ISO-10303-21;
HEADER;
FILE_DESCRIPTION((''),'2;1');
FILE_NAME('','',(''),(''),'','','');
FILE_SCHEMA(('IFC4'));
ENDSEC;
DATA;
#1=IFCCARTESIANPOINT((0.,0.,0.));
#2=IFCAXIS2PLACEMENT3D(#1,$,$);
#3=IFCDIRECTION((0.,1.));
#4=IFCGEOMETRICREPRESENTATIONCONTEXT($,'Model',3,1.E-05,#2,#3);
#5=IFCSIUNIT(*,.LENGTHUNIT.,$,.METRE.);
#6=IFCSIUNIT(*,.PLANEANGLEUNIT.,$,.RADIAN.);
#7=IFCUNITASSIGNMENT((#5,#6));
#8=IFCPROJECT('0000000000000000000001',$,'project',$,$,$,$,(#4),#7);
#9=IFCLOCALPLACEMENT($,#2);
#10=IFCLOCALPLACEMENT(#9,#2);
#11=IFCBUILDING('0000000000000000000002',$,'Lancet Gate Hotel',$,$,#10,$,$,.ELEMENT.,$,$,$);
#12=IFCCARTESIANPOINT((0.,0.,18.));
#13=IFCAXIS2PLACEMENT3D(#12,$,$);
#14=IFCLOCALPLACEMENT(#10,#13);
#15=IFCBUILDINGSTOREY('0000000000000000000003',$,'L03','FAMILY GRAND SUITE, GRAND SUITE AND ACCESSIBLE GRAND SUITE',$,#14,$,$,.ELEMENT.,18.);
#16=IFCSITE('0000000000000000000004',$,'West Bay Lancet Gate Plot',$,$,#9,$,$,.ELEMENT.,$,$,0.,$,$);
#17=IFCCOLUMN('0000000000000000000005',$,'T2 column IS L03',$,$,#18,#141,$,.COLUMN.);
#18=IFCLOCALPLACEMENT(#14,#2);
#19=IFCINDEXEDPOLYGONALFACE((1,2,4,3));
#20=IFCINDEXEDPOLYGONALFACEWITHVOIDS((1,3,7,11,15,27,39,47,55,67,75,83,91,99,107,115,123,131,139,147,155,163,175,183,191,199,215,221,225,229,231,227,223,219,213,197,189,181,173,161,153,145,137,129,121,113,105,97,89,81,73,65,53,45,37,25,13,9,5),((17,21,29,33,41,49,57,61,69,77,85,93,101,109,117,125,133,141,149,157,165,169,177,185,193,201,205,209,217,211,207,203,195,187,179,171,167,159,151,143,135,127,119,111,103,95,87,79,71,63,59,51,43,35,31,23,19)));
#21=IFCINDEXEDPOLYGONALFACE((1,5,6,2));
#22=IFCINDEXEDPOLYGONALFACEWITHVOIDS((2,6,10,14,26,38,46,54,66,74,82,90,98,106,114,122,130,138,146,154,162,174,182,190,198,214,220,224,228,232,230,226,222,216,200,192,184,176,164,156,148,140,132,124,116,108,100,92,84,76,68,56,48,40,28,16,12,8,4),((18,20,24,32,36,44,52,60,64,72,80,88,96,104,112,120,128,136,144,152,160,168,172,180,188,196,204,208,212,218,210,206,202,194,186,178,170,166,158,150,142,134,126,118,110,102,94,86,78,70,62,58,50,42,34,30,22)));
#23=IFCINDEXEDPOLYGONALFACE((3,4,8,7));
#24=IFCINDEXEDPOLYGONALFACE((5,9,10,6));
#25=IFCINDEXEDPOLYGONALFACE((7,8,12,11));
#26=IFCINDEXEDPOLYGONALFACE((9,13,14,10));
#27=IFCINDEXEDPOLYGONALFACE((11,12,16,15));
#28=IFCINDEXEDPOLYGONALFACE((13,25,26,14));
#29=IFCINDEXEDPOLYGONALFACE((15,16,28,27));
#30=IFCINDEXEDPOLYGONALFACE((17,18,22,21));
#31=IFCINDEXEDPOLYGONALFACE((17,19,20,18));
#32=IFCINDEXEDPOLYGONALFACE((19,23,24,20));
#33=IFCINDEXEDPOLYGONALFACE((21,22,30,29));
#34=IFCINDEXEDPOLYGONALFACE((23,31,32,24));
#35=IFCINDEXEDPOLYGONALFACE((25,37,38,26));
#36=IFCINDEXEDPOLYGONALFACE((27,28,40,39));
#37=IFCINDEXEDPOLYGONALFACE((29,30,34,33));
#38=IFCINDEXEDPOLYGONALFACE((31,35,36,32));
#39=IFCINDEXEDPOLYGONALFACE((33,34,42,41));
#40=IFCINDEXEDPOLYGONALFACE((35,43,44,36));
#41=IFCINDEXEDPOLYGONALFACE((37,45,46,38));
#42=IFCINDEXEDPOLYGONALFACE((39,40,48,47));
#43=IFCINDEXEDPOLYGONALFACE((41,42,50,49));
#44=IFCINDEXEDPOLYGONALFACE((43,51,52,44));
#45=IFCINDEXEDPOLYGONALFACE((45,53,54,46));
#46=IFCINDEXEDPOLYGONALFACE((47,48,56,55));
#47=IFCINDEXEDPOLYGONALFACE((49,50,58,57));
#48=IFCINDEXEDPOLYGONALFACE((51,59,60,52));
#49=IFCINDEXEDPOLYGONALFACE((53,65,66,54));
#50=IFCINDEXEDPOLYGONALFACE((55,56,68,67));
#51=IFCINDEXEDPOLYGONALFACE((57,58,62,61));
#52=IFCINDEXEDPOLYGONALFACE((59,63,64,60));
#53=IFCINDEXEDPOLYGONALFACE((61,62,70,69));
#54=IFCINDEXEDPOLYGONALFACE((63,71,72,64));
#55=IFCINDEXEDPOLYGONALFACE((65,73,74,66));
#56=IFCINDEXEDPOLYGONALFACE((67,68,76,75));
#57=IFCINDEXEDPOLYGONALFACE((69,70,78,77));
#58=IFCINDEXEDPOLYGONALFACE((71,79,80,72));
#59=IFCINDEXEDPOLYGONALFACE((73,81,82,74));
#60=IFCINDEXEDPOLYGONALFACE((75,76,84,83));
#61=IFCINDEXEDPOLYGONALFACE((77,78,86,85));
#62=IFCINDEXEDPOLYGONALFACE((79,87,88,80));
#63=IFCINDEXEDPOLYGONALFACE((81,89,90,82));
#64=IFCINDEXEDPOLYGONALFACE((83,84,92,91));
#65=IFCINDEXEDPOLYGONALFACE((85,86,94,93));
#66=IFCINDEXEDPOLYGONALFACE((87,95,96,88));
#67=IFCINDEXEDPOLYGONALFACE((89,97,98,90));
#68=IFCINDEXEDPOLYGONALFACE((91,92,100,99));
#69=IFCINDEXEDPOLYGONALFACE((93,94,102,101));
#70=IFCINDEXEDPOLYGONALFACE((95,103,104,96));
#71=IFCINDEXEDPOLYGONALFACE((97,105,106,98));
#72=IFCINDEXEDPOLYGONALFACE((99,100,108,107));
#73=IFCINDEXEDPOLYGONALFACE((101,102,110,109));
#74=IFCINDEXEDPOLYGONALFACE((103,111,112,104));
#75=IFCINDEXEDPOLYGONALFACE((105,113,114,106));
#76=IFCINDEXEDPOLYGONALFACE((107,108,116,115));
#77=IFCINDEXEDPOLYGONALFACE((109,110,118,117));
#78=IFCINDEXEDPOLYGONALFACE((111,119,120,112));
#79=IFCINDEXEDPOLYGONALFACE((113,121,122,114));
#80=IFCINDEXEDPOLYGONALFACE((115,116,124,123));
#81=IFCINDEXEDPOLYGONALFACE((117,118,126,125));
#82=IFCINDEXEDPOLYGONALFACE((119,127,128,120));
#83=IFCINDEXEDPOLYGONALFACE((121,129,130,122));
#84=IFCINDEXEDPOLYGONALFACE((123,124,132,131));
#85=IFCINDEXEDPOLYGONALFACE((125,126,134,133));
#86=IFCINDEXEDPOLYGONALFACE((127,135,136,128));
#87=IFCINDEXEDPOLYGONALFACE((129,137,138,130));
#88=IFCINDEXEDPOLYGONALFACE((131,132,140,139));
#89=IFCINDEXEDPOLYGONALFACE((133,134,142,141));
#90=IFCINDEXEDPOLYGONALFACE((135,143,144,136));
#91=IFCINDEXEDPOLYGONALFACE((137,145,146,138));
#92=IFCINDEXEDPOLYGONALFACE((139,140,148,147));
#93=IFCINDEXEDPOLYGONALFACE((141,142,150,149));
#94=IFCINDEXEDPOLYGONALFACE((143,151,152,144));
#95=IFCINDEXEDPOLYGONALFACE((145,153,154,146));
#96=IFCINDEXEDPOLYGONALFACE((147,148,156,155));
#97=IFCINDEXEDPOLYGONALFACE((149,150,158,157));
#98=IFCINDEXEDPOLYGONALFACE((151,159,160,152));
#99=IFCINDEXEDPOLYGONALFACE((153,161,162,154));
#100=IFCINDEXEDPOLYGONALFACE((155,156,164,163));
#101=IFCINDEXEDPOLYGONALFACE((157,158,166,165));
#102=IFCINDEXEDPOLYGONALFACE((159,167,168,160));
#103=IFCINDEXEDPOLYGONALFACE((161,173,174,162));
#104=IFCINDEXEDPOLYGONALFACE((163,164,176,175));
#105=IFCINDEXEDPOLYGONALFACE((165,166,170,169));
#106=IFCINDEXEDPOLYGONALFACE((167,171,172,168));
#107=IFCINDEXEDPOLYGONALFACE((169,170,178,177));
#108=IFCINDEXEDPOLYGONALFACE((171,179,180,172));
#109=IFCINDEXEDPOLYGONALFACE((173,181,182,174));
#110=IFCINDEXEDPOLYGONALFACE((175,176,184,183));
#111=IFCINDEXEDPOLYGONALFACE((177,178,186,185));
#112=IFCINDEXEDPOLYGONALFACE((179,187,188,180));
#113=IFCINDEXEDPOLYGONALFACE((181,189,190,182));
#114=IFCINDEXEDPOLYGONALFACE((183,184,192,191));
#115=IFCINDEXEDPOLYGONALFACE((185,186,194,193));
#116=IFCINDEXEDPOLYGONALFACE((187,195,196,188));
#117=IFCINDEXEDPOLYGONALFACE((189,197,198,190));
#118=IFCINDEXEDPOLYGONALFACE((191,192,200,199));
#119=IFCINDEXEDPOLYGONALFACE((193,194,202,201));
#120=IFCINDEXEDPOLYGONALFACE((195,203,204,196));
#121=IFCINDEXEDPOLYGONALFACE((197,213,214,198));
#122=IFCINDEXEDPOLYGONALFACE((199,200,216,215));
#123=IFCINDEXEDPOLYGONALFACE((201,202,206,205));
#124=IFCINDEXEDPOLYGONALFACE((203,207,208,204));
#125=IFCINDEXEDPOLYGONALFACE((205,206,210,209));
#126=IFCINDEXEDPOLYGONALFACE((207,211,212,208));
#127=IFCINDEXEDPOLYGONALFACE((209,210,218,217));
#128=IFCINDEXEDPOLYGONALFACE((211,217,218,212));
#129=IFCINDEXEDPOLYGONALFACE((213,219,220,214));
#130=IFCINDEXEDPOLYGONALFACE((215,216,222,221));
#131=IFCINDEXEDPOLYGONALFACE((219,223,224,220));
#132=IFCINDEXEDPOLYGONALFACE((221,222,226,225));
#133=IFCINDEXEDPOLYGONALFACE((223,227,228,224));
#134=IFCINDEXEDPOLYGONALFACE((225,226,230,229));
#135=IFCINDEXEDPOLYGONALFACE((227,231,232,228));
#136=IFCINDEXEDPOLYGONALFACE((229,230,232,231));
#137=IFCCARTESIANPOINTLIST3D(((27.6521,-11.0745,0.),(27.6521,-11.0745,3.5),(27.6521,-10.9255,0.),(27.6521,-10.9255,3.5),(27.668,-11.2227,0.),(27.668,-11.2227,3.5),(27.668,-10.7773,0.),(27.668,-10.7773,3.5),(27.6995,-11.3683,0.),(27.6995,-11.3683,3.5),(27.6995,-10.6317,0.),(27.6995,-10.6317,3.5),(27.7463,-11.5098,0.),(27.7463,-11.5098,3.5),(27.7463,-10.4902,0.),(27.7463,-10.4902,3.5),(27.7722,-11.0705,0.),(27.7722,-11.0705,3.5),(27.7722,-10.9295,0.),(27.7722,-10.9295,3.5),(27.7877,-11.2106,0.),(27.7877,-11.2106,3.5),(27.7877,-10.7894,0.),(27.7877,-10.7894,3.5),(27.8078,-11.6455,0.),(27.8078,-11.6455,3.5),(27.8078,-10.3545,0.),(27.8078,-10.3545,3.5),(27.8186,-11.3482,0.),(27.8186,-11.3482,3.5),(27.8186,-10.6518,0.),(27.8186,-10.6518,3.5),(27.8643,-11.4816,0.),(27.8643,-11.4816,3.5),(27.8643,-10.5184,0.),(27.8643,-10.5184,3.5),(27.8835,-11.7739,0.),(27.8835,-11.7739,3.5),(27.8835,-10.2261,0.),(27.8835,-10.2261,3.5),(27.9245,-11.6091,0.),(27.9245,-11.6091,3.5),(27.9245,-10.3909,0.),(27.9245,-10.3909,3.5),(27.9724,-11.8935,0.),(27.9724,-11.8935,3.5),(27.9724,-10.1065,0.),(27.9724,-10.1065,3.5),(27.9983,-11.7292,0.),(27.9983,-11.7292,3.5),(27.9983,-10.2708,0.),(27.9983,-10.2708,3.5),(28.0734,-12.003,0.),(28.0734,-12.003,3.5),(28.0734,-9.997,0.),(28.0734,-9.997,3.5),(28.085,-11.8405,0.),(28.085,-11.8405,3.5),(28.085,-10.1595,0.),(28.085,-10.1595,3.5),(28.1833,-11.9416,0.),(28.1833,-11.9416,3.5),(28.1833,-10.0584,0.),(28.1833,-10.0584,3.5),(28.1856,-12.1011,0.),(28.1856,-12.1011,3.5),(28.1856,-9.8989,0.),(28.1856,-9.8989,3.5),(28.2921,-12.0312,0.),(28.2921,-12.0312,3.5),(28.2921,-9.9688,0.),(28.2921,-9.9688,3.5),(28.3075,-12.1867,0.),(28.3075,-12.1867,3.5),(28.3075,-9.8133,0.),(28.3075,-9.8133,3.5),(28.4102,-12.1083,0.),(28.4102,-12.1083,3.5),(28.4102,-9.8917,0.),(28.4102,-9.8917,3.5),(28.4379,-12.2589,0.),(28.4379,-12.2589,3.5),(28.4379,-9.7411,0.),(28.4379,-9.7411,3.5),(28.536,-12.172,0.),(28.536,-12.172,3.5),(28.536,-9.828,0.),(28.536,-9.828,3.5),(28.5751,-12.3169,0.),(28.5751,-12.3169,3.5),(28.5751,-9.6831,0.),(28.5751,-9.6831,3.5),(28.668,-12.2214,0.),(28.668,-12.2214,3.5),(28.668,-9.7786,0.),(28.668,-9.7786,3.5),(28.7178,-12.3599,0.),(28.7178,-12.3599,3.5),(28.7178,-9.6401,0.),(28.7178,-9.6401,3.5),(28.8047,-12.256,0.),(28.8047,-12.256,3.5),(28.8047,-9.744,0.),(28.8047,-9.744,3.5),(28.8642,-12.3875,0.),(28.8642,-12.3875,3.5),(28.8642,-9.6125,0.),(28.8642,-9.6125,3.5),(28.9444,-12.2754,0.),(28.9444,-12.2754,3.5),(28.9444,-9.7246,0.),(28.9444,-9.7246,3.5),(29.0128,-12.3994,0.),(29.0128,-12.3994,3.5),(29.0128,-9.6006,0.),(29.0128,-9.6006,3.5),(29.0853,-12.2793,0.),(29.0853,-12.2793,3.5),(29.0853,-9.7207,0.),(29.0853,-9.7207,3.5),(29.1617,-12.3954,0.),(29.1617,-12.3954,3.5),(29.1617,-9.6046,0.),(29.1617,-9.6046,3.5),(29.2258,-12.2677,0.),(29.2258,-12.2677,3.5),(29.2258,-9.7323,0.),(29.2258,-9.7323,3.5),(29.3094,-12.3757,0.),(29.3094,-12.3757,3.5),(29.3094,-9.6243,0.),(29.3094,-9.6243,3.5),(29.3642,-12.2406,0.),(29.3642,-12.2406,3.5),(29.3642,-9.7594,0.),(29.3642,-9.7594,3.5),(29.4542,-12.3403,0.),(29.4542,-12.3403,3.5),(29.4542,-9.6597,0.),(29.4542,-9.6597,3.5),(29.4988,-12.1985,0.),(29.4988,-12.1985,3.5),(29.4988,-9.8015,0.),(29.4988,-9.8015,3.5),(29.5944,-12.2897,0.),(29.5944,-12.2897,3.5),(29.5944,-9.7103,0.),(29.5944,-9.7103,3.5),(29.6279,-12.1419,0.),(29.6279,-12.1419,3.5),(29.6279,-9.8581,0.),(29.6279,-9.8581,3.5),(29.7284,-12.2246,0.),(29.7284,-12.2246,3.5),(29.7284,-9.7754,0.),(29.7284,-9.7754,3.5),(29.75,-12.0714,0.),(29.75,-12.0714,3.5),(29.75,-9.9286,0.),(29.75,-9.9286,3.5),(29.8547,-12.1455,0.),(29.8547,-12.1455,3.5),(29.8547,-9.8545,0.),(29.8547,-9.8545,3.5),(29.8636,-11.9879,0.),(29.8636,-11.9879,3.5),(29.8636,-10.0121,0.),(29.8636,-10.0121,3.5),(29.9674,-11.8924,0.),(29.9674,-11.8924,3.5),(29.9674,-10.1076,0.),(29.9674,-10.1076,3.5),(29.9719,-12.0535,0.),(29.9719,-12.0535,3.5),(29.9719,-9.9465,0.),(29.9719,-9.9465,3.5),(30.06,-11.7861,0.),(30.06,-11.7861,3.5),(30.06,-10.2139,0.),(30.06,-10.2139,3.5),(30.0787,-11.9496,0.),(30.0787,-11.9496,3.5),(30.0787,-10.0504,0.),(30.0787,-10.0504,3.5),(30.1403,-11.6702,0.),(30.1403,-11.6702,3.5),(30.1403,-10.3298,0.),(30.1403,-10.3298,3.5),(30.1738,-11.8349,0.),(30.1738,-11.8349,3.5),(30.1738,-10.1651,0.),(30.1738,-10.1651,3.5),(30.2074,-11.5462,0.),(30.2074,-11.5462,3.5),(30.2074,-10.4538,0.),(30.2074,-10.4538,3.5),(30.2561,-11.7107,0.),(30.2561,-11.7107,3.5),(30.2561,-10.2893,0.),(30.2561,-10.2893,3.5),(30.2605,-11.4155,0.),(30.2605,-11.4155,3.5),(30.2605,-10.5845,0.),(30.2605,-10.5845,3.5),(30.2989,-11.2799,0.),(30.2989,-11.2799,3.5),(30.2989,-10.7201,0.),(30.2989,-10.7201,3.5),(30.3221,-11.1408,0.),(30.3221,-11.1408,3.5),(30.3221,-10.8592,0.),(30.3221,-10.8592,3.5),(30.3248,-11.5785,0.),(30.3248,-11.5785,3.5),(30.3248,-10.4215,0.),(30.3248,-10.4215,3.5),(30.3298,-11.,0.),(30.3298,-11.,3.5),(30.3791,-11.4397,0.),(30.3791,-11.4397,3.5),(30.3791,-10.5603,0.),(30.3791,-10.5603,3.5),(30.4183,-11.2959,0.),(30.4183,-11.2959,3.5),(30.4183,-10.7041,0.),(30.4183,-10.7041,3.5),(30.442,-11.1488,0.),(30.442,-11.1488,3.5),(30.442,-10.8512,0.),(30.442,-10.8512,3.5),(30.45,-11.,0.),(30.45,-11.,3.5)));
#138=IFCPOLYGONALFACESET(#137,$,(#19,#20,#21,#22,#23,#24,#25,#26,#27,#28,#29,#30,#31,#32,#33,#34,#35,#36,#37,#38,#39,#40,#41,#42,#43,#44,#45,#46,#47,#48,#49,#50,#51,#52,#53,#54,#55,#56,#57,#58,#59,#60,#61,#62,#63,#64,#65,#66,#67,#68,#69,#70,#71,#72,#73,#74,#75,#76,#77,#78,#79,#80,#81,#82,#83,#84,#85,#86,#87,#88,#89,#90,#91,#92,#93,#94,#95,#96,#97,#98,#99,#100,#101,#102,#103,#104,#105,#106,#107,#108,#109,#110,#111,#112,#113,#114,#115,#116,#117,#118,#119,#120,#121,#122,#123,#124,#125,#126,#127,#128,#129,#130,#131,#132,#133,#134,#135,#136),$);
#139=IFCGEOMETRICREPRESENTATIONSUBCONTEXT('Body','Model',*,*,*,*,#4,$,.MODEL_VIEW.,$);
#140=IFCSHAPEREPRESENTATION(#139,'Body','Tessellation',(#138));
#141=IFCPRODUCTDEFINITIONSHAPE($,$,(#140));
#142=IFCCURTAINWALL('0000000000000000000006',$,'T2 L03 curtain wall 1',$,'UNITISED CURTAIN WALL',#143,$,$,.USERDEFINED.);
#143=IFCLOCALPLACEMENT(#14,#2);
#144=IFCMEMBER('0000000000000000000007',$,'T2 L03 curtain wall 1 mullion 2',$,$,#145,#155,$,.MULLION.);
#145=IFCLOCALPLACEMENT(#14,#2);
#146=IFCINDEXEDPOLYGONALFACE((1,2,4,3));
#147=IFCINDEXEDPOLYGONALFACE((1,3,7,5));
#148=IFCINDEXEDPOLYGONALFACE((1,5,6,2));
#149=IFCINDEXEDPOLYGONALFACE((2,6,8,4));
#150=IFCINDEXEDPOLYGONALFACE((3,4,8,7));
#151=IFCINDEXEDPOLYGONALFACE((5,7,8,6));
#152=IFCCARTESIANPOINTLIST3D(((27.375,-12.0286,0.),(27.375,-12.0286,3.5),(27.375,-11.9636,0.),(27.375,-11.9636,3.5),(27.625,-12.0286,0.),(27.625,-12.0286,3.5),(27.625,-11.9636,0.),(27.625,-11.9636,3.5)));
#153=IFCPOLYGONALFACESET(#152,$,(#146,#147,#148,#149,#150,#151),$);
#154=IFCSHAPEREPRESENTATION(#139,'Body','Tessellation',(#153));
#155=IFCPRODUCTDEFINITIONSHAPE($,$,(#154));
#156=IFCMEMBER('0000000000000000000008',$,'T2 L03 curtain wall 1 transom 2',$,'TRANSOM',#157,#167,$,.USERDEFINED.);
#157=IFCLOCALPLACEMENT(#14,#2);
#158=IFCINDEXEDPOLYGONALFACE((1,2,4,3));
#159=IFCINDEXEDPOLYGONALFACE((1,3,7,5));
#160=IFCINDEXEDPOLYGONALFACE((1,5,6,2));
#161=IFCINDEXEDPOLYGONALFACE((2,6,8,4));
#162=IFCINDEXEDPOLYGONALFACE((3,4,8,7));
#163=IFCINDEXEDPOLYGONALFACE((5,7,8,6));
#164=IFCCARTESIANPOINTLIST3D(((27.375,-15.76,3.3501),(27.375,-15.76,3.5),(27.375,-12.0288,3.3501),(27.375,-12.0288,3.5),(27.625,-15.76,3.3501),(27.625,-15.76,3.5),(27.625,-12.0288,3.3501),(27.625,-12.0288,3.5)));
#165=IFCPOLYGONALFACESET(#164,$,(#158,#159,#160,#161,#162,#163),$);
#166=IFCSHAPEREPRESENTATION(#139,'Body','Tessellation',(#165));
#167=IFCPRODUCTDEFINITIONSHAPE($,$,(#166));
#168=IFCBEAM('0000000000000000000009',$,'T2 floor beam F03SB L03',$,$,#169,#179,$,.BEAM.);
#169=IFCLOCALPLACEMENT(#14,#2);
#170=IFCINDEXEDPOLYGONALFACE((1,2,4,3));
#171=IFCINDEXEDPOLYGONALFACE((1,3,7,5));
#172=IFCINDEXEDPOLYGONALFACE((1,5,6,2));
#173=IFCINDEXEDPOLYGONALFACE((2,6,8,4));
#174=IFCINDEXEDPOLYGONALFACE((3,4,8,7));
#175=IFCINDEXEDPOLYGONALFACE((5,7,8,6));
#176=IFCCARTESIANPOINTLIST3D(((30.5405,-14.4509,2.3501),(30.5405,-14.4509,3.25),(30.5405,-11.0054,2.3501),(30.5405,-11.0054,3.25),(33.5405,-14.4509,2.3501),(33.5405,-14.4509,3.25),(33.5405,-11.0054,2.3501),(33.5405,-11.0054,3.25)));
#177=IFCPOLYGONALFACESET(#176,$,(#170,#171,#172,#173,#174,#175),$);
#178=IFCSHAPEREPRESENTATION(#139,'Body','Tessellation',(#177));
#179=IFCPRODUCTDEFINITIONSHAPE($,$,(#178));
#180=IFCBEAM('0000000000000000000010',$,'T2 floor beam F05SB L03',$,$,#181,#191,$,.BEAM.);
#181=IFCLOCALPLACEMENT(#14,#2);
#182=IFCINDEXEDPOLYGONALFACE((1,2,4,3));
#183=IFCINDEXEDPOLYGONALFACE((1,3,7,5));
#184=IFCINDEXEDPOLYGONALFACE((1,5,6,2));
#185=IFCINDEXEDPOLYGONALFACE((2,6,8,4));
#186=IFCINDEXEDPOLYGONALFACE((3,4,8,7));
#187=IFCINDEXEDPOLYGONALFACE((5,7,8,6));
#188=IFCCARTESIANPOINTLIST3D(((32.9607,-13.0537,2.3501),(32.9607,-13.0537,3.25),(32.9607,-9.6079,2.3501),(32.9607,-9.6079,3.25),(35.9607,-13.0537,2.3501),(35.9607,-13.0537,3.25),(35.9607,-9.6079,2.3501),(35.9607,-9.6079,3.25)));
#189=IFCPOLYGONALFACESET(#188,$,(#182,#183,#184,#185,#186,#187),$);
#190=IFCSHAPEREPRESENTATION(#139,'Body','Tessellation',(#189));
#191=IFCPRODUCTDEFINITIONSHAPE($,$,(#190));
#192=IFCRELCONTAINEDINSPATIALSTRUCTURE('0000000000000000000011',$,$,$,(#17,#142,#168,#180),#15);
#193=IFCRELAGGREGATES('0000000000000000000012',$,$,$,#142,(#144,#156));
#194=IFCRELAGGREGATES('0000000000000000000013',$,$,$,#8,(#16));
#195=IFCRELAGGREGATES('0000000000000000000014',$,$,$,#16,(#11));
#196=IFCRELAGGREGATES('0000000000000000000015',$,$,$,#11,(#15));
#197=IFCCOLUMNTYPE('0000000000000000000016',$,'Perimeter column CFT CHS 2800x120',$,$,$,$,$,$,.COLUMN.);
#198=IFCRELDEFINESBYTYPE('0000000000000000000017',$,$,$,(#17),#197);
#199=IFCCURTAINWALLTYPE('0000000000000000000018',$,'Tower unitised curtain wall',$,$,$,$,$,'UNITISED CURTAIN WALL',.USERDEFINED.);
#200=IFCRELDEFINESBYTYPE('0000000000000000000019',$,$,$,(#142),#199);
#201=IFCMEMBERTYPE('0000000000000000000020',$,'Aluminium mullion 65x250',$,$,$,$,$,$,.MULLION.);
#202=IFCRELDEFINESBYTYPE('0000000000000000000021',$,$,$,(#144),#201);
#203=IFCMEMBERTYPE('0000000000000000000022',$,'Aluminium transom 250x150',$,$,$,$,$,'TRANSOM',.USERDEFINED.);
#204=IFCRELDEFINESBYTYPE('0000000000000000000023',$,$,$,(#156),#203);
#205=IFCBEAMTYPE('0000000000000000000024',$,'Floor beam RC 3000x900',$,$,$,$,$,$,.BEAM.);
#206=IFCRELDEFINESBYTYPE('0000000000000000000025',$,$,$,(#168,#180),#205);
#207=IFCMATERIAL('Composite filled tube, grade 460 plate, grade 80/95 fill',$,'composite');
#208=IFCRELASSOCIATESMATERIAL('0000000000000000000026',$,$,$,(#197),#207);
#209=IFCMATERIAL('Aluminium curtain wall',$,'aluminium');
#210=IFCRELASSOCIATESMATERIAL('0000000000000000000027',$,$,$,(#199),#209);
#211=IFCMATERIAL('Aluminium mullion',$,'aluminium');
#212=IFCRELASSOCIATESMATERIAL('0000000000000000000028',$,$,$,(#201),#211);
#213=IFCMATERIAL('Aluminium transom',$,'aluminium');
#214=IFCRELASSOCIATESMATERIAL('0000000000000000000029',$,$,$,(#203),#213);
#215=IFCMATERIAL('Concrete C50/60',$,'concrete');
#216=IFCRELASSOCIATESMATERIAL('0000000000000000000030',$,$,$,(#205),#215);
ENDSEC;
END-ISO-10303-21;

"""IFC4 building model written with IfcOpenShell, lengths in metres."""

from ifc_helpers import new_model, si_unit, direction, frame, origin, origin_2d, place, context, subcontext, project, spatial, rectangle, hollow_circle, extrude, material, material_profile, profile_set, type_object, element, aggregate, save


model = new_model("IFC4")

# Units and contexts
model_context = context("Model", 3, precision=1e-05, world=origin(), true_north=direction((0.0, 1.0)))
body_context = subcontext(model_context, "Body", "Model", "MODEL_VIEW")
ifc_project = project(units=[si_unit("LENGTHUNIT", "METRE"), si_unit("PLANEANGLEUNIT", "RADIAN")], contexts=[model_context])

# Site, building, storey
site_placement = place(None, origin())
site = spatial("IfcSite", under=ifc_project, at=site_placement, Name="West Bay Lancet Gate Plot", CompositionType="ELEMENT", RefElevation=0.0)
building_placement = place(site_placement, origin())
building = spatial("IfcBuilding", under=site, at=building_placement, Name="Lancet Gate Hotel", CompositionType="ELEMENT")
storey_placement = place(building_placement, frame((0.0, 0.0, 18.0)))
storey = spatial("IfcBuildingStorey", under=building, at=storey_placement, Name="L03", Description="FAMILY GRAND SUITE, GRAND SUITE AND ACCESSIBLE GRAND SUITE", CompositionType="ELEMENT", Elevation=18.0)

# Column
ifc_material_1 = material(Name="Composite filled tube, grade 460 plate, grade 80/95 fill", Category="composite")
ifc_material_profile_1 = material_profile(ifc_material_1, hollow_circle(Radius=1.3999, WallThickness=0.1201, at=origin_2d()), Name="CHS 2800x120")
ifc_profile_set_1 = profile_set([ifc_material_profile_1], Name="Composite filled tube, grade 460 plate, grade 80/95 fill")
column_type = type_object("IfcColumnType", Name="Perimeter column CFT CHS 2800x120", PredefinedType="COLUMN", material=ifc_profile_set_1)
column_placement = place(storey_placement, frame((29.05, -11.0, 0.0), z_axis=(0.0, 0.0, 1.0), x_axis=(1.0, 0.0, 0.0)))
element("IfcColumn", 1, at=column_placement, inside=storey, type_object=column_type, Name="T2 column IS L03", PredefinedType="COLUMN", context=body_context, shape_type="SweptSolid", body=[
    extrude(hollow_circle(Radius=1.3999, WallThickness=0.1201, at=origin_2d()), origin(), (0.0, 0.0, 1.0), 3.5),
])

# Curtain wall, members
ifc_material_2 = material(Name="Aluminium curtain wall", Category="aluminium")
curtain_wall_type = type_object("IfcCurtainWallType", Name="Tower unitised curtain wall", ElementType="UNITISED CURTAIN WALL", PredefinedType="USERDEFINED", material=ifc_material_2)
curtain_wall_placement = place(storey_placement, origin())
curtain_wall = element("IfcCurtainWall", 2, at=curtain_wall_placement, inside=storey, type_object=curtain_wall_type, Name="T2 L03 curtain wall 1", ObjectType="UNITISED CURTAIN WALL", PredefinedType="USERDEFINED")
ifc_material_3 = material(Name="Aluminium mullion", Category="aluminium")
ifc_material_profile_2 = material_profile(ifc_material_3, rectangle(XDim=0.0649, YDim=0.25, at=origin_2d()), Name="MULLION 65x250")
ifc_profile_set_2 = profile_set([ifc_material_profile_2], Name="Aluminium mullion")
member_type_1 = type_object("IfcMemberType", Name="Aluminium mullion 65x250", PredefinedType="MULLION", material=ifc_profile_set_2)
member_1_placement = place(storey_placement, frame((27.5, -11.9961, 0.0), z_axis=(0.0, 0.0, 1.0), x_axis=(0.0, -1.0, 0.0)))
member_1 = element("IfcMember", 3, at=member_1_placement, type_object=member_type_1, Name="T2 L03 curtain wall 1 mullion 2", PredefinedType="MULLION", context=body_context, shape_type="SweptSolid", body=[
    extrude(rectangle(XDim=0.0649, YDim=0.25, at=origin_2d()), origin(), (0.0, 0.0, 1.0), 3.5),
])
ifc_material_4 = material(Name="Aluminium transom", Category="aluminium")
ifc_material_profile_3 = material_profile(ifc_material_4, rectangle(XDim=0.25, YDim=0.1499, at=origin_2d()), Name="TRANSOM 250x150")
ifc_profile_set_3 = profile_set([ifc_material_profile_3], Name="Aluminium transom")
member_type_2 = type_object("IfcMemberType", Name="Aluminium transom 250x150", ElementType="TRANSOM", PredefinedType="USERDEFINED", material=ifc_profile_set_3)
member_2_placement = place(storey_placement, frame((27.5, -12.0288, 3.425), z_axis=(0.0, -1.0, 0.0), x_axis=(1.0, 0.0, 0.0)))
member_2 = element("IfcMember", 4, at=member_2_placement, type_object=member_type_2, Name="T2 L03 curtain wall 1 transom 2", ObjectType="TRANSOM", PredefinedType="USERDEFINED", context=body_context, shape_type="SweptSolid", body=[
    extrude(rectangle(XDim=0.25, YDim=0.1499, at=origin_2d()), origin(), (0.0, 0.0, 1.0), 3.7312),
])

# Beams
ifc_material_5 = material(Name="Concrete C50/60", Category="concrete")
ifc_material_profile_4 = material_profile(ifc_material_5, rectangle(XDim=3.0, YDim=0.8999, at=origin_2d()), Name="RC 3000x900")
ifc_profile_set_4 = profile_set([ifc_material_profile_4], Name="Concrete C50/60")
beam_type_1 = type_object("IfcBeamType", Name="Floor beam RC 3000x900", PredefinedType="BEAM", material=ifc_profile_set_4)
beam_1_placement = place(storey_placement, frame((32.0405, -14.4509, 2.8), z_axis=(0.0, 1.0, 0.0), x_axis=(-1.0, 0.0, 0.0)))
element("IfcBeam", 5, at=beam_1_placement, inside=storey, type_object=beam_type_1, Name="T2 floor beam F03SB L03", PredefinedType="BEAM", context=body_context, shape_type="SweptSolid", body=[
    extrude(rectangle(XDim=3.0, YDim=0.8999, at=origin_2d()), origin(), (0.0, 0.0, 1.0), 3.4456),
])
beam_2_placement = place(storey_placement, frame((34.4607, -13.0537, 2.8), z_axis=(0.0, 1.0, 0.0), x_axis=(-1.0, 0.0, 0.0)))
element("IfcBeam", 6, at=beam_2_placement, inside=storey, type_object=beam_type_1, Name="T2 floor beam F05SB L03", PredefinedType="BEAM", context=body_context, shape_type="SweptSolid", body=[
    extrude(rectangle(XDim=3.0, YDim=0.8999, at=origin_2d()), origin(), (0.0, 0.0, 1.0), 3.4458),
])

aggregate(curtain_wall, [member_1, member_2])

save(model, "model.ifc")
